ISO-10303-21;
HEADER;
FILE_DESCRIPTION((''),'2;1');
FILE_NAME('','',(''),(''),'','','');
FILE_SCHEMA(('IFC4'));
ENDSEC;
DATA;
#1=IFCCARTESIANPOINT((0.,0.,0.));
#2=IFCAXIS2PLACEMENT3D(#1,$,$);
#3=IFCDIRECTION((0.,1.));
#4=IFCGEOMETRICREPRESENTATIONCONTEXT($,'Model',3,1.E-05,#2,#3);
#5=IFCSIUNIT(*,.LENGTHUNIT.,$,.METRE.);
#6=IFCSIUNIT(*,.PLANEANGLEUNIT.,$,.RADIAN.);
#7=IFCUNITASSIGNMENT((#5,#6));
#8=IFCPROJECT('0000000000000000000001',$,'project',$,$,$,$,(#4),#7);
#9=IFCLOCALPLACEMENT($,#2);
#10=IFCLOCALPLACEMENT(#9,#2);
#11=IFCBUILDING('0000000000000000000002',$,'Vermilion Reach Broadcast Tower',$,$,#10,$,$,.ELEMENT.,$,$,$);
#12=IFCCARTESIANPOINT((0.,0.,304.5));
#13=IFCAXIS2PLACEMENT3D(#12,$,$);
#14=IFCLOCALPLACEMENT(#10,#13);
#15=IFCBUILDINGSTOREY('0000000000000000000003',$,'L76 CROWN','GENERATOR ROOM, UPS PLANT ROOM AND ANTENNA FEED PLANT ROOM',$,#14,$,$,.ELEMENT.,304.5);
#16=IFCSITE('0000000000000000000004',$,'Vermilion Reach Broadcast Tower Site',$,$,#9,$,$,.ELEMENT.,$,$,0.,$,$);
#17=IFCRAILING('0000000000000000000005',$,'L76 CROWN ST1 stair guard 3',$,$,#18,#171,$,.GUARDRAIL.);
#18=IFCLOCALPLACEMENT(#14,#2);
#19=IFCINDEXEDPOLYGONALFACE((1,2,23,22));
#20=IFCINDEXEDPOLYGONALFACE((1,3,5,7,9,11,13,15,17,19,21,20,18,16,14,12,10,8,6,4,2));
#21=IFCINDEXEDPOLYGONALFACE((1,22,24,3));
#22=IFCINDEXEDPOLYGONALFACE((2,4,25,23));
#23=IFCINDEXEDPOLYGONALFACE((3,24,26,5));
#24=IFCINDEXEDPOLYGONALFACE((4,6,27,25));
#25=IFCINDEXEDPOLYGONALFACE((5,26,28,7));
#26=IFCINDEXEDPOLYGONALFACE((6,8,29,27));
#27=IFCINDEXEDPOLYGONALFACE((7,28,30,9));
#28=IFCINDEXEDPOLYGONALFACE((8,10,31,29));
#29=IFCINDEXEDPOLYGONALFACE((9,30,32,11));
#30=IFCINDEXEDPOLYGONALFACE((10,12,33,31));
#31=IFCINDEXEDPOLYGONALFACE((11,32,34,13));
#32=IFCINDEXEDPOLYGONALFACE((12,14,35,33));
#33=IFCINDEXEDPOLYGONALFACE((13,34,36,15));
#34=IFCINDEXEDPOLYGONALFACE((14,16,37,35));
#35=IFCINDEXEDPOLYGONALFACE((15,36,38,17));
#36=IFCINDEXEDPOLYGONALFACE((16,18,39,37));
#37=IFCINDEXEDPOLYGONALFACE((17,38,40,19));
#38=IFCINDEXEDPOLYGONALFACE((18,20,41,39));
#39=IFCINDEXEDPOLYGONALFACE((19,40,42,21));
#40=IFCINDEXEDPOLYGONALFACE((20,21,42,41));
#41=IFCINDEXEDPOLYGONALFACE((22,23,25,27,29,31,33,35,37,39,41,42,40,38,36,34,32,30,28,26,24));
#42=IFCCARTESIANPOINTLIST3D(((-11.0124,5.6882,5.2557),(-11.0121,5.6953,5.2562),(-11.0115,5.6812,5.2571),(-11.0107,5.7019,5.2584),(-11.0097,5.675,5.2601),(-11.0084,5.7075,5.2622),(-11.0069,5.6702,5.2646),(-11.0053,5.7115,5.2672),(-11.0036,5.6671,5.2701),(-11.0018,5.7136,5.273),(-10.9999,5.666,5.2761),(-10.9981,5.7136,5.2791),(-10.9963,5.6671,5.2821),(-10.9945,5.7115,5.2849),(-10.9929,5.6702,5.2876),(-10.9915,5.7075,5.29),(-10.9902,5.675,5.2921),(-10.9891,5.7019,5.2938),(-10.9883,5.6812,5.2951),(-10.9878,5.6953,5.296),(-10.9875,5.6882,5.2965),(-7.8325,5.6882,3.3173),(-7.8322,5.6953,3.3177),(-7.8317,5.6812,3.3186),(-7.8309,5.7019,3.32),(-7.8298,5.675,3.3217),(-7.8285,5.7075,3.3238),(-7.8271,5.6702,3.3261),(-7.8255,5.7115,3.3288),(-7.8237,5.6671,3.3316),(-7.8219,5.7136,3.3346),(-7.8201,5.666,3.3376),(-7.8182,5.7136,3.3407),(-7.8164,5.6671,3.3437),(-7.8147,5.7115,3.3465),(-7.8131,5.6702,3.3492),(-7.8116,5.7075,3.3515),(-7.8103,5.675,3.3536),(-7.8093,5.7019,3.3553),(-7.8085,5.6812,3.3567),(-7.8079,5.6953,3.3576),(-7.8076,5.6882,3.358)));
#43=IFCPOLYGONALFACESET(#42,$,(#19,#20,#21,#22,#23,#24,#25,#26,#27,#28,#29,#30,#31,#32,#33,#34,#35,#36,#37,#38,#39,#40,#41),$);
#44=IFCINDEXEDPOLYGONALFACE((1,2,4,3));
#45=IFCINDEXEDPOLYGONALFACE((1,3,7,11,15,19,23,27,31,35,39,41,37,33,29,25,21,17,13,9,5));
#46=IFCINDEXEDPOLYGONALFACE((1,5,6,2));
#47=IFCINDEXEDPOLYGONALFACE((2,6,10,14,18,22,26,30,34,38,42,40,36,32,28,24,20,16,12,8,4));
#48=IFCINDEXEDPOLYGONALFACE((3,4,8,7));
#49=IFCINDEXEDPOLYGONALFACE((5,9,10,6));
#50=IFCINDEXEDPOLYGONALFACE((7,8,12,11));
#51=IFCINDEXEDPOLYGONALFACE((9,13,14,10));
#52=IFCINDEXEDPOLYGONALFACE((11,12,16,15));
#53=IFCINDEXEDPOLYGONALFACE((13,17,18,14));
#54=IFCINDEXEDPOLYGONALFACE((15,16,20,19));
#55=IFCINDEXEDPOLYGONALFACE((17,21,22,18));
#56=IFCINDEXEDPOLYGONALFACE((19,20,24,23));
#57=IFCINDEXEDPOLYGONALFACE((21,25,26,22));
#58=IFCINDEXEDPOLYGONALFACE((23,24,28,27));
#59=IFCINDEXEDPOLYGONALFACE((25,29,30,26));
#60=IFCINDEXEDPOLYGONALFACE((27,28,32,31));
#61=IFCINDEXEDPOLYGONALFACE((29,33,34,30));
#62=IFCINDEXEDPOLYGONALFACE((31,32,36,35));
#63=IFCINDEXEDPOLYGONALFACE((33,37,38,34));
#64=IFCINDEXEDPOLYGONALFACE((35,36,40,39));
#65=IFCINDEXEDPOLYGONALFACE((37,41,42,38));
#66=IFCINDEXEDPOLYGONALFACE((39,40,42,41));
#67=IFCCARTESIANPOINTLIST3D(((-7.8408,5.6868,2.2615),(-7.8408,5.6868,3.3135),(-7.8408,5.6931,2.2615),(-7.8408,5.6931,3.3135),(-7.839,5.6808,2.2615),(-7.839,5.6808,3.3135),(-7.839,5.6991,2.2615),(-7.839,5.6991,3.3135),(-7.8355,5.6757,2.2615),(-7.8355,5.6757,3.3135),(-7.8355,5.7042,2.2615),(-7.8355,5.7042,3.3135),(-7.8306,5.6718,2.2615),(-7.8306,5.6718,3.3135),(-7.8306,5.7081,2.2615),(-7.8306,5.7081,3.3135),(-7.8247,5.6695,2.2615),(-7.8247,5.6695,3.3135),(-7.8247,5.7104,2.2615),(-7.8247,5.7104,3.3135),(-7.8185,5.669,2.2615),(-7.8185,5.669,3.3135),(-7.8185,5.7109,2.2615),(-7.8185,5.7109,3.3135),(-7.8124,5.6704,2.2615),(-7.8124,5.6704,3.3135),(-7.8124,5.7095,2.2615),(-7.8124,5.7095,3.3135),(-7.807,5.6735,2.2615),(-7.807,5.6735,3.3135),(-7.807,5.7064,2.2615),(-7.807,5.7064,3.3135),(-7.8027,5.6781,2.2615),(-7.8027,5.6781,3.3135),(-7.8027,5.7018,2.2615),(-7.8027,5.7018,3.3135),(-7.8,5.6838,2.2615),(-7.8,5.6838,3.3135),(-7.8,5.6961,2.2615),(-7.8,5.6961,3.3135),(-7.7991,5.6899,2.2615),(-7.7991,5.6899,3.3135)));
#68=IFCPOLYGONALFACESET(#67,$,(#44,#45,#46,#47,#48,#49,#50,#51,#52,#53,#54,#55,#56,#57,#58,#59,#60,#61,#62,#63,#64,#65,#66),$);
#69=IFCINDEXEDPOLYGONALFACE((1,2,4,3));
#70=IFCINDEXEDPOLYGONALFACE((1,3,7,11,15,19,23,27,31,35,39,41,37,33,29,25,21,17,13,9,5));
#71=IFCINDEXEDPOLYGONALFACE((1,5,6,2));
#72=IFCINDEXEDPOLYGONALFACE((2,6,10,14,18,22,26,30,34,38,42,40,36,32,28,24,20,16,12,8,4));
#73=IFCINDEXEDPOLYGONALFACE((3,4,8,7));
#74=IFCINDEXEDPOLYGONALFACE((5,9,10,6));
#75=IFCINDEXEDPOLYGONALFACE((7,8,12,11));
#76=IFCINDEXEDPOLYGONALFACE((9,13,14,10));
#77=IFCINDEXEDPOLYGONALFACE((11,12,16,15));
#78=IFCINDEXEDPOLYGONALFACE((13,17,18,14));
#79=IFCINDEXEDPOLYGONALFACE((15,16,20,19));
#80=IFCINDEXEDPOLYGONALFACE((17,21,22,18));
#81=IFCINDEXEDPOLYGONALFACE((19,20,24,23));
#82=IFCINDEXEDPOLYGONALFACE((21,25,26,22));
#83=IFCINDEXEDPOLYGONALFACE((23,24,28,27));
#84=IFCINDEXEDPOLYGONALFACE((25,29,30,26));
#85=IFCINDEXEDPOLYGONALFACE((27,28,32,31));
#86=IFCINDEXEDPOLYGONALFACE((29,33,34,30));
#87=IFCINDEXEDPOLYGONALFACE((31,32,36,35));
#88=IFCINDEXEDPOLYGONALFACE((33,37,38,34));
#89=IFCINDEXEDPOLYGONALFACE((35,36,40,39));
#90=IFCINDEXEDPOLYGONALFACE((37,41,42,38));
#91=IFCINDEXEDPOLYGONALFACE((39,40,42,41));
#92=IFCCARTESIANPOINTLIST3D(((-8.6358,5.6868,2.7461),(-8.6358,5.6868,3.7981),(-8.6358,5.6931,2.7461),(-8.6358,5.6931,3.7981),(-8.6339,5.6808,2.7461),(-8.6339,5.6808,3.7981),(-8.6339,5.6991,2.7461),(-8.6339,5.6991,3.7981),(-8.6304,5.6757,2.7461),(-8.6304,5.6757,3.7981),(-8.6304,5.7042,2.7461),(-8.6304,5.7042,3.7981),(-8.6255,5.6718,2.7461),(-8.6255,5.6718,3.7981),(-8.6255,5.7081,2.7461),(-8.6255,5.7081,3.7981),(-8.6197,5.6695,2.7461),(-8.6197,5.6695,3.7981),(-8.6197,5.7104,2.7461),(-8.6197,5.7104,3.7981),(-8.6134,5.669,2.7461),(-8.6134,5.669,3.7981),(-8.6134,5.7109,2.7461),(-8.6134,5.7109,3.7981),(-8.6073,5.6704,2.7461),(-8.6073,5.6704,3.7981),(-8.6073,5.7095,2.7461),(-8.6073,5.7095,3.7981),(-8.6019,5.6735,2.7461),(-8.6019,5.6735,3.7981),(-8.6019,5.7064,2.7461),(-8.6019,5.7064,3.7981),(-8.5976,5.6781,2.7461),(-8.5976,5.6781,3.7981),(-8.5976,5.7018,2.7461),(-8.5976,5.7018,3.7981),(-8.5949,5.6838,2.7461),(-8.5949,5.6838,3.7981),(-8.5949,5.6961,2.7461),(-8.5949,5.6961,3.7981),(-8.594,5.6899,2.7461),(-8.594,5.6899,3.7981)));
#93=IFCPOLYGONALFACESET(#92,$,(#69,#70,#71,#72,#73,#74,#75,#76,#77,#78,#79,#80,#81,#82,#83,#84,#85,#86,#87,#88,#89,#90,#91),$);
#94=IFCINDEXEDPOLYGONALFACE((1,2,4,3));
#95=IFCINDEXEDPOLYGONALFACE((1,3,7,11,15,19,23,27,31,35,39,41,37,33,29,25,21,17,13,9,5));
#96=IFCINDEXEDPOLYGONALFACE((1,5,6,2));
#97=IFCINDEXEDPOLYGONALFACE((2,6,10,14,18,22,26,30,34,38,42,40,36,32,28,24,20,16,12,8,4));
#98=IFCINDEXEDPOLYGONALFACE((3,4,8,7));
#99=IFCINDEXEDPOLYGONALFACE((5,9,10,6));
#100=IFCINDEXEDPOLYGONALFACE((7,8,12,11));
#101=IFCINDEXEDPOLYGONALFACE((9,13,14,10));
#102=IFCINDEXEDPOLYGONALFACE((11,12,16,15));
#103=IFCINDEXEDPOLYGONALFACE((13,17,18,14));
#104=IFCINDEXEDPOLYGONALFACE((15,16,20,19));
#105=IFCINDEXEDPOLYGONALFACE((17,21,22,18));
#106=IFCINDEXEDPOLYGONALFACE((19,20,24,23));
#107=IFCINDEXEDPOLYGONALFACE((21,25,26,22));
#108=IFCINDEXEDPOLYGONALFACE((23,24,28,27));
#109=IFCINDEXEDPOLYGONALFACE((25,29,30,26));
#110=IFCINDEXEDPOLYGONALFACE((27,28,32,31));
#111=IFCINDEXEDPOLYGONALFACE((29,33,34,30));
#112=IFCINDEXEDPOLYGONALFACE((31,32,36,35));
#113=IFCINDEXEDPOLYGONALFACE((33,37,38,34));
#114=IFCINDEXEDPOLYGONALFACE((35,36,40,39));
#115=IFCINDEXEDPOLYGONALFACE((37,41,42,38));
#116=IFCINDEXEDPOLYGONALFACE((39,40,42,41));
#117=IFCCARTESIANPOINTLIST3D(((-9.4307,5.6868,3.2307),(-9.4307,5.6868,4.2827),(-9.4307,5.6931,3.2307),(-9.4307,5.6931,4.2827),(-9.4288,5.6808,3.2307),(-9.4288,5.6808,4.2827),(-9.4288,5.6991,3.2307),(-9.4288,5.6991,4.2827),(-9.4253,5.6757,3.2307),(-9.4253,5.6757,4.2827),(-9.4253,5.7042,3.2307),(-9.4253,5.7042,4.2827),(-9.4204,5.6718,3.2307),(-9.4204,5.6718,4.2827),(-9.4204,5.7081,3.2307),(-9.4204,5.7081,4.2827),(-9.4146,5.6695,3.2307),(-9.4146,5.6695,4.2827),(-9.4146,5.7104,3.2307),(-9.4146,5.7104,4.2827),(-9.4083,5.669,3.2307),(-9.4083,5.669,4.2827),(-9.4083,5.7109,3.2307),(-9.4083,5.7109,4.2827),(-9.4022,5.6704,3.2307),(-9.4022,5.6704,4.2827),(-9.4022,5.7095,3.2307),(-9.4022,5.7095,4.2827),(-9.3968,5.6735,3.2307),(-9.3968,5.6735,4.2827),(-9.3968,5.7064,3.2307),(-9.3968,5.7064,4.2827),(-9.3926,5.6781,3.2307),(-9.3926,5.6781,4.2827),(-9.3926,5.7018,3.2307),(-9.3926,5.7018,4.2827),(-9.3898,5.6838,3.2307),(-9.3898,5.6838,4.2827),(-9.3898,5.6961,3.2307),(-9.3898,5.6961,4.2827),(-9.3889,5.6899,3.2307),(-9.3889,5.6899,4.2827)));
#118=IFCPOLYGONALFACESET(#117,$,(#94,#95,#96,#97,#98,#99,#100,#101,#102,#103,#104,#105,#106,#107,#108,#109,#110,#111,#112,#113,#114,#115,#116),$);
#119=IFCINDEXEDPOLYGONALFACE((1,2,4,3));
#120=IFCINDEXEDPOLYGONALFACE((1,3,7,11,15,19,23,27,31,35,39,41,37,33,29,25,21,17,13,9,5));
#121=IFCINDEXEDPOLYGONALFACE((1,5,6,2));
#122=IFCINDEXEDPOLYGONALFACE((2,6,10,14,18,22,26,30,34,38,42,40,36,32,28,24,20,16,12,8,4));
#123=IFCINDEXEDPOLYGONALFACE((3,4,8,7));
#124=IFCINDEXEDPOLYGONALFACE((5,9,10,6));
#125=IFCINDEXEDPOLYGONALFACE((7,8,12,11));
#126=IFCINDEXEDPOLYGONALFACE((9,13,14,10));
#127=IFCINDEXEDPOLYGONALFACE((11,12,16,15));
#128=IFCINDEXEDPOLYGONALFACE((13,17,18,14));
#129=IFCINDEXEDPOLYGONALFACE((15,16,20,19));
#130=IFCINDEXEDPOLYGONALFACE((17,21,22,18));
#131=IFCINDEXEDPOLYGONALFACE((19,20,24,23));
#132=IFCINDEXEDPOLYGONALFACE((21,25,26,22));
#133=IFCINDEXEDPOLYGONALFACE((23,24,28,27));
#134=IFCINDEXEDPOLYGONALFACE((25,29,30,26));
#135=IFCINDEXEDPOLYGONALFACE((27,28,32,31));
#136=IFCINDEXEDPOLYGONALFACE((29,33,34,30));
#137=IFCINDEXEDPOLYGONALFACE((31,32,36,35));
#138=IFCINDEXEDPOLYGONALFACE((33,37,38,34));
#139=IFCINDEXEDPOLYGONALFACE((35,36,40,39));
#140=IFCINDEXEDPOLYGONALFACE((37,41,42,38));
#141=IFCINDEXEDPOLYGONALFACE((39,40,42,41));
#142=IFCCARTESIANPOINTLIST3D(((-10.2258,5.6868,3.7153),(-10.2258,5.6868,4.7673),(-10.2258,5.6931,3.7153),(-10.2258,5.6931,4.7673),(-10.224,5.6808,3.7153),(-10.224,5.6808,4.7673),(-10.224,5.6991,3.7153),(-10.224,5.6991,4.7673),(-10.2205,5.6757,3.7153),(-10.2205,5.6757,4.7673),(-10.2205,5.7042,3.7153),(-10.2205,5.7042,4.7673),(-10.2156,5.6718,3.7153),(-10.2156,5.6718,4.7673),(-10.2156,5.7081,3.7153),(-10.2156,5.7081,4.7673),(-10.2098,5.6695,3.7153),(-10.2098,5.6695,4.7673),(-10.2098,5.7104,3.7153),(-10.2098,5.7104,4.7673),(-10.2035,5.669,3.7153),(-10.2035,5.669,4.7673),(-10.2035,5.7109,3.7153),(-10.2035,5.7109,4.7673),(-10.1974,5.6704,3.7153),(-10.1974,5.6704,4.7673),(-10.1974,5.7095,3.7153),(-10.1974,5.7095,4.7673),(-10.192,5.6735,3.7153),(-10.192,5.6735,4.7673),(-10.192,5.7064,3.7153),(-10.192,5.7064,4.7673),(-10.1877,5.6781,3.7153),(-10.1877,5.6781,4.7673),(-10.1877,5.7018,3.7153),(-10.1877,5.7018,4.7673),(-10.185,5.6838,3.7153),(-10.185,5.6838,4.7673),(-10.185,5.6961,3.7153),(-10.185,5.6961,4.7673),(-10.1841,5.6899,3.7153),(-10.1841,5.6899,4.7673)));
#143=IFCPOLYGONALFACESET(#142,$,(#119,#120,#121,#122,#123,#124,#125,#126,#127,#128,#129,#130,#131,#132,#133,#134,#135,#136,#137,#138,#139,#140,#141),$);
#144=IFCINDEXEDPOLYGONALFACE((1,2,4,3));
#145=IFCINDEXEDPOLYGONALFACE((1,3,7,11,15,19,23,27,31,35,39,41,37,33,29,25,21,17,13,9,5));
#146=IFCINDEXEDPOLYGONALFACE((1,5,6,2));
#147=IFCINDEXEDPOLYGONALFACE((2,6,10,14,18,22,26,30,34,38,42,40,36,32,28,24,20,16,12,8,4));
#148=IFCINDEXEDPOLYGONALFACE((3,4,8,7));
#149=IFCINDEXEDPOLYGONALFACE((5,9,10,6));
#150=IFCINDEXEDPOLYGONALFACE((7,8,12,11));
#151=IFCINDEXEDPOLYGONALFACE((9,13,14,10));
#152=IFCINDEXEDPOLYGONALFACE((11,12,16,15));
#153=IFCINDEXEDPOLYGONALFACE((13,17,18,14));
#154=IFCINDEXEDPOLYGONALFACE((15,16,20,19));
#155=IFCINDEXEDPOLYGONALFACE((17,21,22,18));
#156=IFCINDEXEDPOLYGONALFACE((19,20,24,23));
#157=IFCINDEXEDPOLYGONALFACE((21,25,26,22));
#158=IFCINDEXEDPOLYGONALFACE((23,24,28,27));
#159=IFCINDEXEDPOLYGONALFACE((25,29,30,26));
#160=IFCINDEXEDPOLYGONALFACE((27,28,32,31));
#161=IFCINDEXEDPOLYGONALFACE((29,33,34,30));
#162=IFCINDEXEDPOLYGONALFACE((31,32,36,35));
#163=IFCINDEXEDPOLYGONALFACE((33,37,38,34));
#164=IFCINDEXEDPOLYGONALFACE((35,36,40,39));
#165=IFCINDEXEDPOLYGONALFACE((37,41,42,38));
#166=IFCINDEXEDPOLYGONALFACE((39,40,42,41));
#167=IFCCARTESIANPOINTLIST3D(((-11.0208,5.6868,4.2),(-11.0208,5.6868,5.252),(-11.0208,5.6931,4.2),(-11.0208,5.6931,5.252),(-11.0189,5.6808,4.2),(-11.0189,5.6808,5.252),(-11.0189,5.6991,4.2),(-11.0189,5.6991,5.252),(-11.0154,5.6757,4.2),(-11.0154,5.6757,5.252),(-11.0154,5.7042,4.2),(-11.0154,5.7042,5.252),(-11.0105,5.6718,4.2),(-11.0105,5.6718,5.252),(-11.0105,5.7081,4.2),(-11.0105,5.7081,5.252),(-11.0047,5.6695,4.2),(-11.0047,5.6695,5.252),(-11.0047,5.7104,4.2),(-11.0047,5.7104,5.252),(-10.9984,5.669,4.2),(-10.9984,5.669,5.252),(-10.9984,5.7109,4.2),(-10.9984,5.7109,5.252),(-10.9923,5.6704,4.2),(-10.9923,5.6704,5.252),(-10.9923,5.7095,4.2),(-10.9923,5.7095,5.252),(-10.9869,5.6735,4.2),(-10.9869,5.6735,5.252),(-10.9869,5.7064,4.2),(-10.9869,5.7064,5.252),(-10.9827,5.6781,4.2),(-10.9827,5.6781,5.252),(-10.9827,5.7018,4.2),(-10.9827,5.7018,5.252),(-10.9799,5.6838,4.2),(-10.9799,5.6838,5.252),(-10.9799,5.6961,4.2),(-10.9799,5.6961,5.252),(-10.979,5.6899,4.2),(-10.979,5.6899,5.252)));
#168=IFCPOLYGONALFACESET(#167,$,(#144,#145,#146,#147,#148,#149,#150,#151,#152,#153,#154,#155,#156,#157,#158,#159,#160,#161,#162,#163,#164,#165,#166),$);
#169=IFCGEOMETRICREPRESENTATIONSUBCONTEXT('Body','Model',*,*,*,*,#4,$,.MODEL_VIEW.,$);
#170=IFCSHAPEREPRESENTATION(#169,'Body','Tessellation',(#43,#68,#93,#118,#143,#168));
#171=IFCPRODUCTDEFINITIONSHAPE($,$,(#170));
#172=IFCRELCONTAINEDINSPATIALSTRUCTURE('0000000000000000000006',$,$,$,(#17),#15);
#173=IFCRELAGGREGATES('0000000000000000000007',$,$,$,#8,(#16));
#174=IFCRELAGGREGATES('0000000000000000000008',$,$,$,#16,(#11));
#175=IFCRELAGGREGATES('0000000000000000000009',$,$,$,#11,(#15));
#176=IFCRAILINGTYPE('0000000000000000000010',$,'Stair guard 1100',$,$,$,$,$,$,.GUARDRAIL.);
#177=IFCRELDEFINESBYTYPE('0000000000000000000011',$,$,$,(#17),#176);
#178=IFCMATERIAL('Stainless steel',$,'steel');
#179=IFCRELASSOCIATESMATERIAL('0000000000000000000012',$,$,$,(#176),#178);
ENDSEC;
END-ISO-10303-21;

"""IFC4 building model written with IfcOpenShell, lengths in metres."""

from ifc_helpers import new_model, si_unit, direction, frame, origin, origin_2d, place, context, subcontext, project, spatial, circle, extrude, material, type_object, element, save


model = new_model("IFC4")

# Units and contexts
model_context = context("Model", 3, precision=1e-05, world=origin(), true_north=direction((0.0, 1.0)))
body_context = subcontext(model_context, "Body", "Model", "MODEL_VIEW")
ifc_project = project(units=[si_unit("LENGTHUNIT", "METRE"), si_unit("PLANEANGLEUNIT", "RADIAN")], contexts=[model_context])

# Site, building, storey
site_placement = place(None, origin())
site = spatial("IfcSite", under=ifc_project, at=site_placement, Name="Vermilion Reach Broadcast Tower Site", CompositionType="ELEMENT", RefElevation=0.0)
building_placement = place(site_placement, origin())
building = spatial("IfcBuilding", under=site, at=building_placement, Name="Vermilion Reach Broadcast Tower", CompositionType="ELEMENT")
storey_placement = place(building_placement, frame((0.0, 0.0, 304.5)))
storey = spatial("IfcBuildingStorey", under=building, at=storey_placement, Name="L76 CROWN", Description="GENERATOR ROOM, UPS PLANT ROOM AND ANTENNA FEED PLANT ROOM", CompositionType="ELEMENT", Elevation=304.5)

# Railing
ifc_material_1 = material(Name="Stainless steel", Category="steel")
railing_type_1 = type_object("IfcRailingType", Name="Stair guard 1100", PredefinedType="GUARDRAIL", material=ifc_material_1)
railing_1_placement = place(storey_placement, frame((-7.8201, 5.6899, 2.2615)))
element("IfcRailing", 1, at=railing_1_placement, inside=storey, type_object=railing_type_1, Name="L76 CROWN ST1 stair guard 3", PredefinedType="GUARDRAIL", context=body_context, shape_type="SweptSolid", body=[
    extrude(circle(Radius=0.0239, at=origin_2d()), frame((0.0, 0.0, 1.0762), z_axis=(-0.853857, 0.0, 0.520508), x_axis=(0.0, -1.0, 0.0)), (0.0, 0.0, 1.0), 3.7241),
    extrude(circle(Radius=0.021, at=origin_2d()), origin(), (0.0, 0.0, 1.0), 1.052),
    extrude(circle(Radius=0.021, at=origin_2d()), frame((-0.7949, 0.0, 0.4846)), (0.0, 0.0, 1.0), 1.052),
    extrude(circle(Radius=0.021, at=origin_2d()), frame((-1.5898, 0.0, 0.9692)), (0.0, 0.0, 1.0), 1.052),
    extrude(circle(Radius=0.021, at=origin_2d()), frame((-2.385, 0.0, 1.4539)), (0.0, 0.0, 1.0), 1.052),
    extrude(circle(Radius=0.021, at=origin_2d()), frame((-3.1799, 0.0, 1.9385)), (0.0, 0.0, 1.0), 1.052),
])

save(model, "model.ifc")
